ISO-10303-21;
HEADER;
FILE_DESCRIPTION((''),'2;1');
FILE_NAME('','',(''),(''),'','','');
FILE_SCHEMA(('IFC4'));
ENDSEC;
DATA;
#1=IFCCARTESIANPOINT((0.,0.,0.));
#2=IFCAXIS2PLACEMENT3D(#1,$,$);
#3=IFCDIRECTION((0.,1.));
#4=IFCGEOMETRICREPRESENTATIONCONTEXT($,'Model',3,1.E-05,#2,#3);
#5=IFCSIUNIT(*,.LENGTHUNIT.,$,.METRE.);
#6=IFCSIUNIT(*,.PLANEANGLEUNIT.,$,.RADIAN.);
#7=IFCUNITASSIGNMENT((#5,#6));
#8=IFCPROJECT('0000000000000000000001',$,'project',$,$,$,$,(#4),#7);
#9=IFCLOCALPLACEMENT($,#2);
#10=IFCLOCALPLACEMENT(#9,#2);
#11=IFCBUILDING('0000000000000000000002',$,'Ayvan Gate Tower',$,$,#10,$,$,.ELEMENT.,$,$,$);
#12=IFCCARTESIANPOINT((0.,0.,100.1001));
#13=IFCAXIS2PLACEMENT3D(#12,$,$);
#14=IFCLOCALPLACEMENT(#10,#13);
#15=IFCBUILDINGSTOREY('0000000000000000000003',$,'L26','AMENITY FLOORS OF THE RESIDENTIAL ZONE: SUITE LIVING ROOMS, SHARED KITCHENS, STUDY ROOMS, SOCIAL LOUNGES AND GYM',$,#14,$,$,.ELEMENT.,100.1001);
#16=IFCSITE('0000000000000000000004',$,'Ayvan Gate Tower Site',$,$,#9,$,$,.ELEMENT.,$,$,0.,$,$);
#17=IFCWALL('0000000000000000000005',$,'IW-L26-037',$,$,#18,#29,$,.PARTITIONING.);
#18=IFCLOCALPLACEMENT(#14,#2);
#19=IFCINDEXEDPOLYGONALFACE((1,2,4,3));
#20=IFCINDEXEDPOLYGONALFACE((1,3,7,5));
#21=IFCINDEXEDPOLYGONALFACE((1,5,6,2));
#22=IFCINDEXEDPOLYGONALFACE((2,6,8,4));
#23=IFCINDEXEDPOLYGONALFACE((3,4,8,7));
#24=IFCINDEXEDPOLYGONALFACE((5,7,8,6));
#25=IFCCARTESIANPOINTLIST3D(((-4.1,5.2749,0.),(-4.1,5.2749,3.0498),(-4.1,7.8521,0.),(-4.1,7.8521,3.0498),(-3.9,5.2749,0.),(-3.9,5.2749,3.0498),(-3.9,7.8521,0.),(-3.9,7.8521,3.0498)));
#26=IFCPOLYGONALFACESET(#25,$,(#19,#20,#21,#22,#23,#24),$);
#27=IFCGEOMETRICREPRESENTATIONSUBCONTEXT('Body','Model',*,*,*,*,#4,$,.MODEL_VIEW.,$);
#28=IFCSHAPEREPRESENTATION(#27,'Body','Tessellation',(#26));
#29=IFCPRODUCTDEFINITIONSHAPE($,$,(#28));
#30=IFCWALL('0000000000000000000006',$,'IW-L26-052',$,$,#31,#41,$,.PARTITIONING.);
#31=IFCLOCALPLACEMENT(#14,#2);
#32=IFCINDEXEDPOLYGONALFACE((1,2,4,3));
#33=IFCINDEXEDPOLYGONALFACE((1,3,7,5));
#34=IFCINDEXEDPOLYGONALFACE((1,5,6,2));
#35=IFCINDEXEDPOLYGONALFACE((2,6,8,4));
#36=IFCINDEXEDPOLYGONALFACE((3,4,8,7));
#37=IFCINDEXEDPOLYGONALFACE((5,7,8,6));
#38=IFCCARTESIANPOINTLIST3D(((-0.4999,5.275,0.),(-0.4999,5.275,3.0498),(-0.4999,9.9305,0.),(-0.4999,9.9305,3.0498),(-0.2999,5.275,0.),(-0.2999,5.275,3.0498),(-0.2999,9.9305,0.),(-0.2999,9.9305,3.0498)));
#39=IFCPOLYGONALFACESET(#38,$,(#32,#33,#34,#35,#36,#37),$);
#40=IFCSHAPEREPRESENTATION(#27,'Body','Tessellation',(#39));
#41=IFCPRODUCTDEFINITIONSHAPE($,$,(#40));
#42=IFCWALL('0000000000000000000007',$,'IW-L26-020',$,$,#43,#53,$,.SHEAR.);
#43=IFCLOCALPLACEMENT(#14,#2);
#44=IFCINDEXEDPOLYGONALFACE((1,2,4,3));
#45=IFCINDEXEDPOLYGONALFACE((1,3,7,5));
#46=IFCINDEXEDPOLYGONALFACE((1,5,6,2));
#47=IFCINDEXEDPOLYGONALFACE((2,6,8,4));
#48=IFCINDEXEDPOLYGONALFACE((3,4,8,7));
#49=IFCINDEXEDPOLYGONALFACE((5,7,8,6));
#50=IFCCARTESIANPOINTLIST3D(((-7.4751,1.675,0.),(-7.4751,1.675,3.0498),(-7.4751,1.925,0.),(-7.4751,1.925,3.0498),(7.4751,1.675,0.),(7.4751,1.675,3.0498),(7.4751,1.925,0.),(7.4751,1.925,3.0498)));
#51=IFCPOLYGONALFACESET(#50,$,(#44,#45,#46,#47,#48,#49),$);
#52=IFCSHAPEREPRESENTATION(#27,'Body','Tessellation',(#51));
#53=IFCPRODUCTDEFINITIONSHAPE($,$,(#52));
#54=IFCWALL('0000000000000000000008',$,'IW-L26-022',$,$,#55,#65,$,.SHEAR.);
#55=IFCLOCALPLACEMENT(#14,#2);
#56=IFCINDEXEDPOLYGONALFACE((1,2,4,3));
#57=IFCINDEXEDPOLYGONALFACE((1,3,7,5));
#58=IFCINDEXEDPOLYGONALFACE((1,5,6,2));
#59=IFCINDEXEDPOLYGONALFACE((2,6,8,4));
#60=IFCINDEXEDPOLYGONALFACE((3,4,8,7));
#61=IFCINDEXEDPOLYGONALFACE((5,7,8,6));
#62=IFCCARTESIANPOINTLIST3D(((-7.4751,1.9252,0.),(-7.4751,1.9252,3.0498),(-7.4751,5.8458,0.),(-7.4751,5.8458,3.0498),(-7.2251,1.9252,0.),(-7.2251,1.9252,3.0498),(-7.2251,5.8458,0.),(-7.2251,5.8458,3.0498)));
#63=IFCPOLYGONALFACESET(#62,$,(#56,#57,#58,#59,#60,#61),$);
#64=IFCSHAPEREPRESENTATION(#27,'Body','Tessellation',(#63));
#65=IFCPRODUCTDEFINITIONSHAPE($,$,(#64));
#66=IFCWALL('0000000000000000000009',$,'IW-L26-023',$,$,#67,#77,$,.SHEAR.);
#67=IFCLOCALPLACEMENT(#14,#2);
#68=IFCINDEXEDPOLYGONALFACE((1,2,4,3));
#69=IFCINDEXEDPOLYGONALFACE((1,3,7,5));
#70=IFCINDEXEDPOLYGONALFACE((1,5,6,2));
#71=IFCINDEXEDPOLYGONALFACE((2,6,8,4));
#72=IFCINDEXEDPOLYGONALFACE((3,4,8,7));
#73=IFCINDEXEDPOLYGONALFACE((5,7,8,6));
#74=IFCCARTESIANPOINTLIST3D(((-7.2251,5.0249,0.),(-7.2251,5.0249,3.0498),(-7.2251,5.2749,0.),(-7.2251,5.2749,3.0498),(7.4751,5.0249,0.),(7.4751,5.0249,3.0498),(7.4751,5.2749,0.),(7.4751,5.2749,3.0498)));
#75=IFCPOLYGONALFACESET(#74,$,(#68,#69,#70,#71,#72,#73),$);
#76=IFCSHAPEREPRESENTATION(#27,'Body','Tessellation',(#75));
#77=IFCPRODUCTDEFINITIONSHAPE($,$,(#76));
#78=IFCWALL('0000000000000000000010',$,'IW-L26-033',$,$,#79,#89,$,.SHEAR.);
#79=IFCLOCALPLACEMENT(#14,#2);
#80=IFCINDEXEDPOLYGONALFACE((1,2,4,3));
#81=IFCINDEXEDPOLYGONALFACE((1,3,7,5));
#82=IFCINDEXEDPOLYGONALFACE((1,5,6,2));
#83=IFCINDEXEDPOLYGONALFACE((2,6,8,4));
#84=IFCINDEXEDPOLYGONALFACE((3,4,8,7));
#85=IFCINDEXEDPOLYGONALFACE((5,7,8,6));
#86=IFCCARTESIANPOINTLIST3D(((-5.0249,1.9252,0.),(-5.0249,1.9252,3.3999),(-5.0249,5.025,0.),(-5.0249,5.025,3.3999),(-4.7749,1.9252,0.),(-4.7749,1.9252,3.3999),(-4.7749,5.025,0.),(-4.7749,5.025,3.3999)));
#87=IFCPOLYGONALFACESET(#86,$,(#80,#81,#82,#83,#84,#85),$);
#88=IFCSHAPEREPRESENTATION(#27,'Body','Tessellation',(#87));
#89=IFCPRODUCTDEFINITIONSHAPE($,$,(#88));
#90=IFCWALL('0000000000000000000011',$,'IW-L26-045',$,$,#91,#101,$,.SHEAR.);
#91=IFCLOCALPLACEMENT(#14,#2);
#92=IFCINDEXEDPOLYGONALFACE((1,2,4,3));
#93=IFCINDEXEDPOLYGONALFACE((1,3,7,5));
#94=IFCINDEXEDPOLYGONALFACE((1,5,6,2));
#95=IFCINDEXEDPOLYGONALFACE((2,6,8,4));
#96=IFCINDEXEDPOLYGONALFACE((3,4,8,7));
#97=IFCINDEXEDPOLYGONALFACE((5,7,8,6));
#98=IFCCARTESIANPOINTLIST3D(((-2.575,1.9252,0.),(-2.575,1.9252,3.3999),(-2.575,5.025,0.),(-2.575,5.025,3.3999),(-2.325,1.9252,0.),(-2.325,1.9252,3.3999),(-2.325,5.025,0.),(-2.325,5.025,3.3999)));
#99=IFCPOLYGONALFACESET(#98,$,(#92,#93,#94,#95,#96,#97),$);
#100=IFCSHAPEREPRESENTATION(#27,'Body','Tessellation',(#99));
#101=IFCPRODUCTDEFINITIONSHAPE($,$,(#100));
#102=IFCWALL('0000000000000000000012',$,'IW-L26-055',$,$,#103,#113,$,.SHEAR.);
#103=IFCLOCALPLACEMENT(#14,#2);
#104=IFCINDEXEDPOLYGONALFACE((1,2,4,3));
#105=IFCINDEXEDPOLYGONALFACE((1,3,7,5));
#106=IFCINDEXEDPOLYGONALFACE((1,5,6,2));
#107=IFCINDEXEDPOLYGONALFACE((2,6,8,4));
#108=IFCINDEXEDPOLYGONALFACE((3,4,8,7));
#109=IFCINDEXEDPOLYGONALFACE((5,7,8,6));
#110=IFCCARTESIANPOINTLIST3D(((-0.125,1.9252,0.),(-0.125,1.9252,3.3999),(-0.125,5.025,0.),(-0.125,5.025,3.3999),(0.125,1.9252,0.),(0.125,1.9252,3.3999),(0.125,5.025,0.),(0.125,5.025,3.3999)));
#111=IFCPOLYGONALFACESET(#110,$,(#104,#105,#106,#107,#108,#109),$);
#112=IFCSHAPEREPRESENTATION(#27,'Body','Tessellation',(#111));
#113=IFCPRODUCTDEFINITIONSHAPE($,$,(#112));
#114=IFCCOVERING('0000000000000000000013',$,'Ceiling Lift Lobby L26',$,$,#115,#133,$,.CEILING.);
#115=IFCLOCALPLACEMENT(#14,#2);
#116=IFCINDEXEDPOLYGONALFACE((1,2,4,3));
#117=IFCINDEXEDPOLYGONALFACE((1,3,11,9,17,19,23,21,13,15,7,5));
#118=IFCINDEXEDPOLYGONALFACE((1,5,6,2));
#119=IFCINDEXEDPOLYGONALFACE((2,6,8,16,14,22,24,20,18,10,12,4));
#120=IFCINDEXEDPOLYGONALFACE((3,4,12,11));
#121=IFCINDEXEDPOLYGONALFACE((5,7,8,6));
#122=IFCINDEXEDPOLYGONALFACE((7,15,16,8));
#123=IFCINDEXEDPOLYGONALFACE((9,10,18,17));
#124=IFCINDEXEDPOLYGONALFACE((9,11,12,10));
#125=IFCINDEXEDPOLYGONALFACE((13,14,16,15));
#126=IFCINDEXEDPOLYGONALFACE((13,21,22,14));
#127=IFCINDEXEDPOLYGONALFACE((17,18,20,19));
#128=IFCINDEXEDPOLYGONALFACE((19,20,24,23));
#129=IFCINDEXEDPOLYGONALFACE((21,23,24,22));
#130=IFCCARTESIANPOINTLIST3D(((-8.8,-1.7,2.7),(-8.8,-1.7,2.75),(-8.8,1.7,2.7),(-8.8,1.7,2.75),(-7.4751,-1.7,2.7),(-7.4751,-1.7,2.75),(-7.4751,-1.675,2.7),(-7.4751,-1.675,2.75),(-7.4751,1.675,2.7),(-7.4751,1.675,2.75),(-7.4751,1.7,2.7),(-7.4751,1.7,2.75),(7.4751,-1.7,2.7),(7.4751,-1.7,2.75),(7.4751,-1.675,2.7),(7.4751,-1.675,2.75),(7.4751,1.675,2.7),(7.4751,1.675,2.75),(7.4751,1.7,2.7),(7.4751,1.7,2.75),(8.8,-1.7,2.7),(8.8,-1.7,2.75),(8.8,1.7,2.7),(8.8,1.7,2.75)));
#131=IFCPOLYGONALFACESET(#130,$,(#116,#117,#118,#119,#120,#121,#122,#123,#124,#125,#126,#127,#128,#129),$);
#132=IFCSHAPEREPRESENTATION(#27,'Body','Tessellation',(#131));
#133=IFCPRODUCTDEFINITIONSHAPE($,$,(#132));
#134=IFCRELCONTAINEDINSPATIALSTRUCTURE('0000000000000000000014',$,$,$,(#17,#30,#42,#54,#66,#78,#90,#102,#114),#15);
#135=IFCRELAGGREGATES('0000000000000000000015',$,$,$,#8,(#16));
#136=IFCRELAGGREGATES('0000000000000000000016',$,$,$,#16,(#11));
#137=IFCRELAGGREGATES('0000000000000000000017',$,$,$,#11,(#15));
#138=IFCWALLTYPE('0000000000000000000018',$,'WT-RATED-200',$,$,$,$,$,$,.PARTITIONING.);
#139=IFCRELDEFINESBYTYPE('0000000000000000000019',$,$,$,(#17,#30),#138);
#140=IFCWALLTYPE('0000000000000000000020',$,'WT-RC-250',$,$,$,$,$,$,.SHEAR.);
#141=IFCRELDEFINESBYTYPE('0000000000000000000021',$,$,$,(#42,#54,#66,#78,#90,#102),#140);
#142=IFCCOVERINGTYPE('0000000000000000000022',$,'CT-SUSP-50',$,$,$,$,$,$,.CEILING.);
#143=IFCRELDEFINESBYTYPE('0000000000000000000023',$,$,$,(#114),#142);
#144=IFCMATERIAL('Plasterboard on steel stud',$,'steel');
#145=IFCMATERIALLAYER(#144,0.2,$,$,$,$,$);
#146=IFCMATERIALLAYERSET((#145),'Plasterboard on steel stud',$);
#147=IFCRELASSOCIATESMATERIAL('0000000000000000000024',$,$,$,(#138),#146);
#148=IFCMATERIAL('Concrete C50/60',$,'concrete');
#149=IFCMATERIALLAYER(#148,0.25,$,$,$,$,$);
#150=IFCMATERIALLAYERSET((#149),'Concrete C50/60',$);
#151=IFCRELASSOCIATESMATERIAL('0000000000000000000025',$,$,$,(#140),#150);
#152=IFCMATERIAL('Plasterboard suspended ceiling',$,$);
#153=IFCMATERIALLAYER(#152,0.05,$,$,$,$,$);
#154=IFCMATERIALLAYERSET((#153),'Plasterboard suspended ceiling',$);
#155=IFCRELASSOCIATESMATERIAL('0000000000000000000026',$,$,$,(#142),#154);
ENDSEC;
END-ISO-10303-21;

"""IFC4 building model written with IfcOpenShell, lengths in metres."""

from ifc_helpers import new_model, si_unit, direction, frame, frame_2d, origin, place, context, subcontext, project, spatial, polyline, rectangle, outline, extrude, material, layer, layer_set, type_object, element, save


model = new_model("IFC4")

# Units and contexts
model_context = context("Model", 3, precision=1e-05, world=origin(), true_north=direction((0.0, 1.0)))
body_context = subcontext(model_context, "Body", "Model", "MODEL_VIEW")
ifc_project = project(units=[si_unit("LENGTHUNIT", "METRE"), si_unit("PLANEANGLEUNIT", "RADIAN")], contexts=[model_context])

# Site, building, storey
site_placement = place(None, origin())
site = spatial("IfcSite", under=ifc_project, at=site_placement, Name="Ayvan Gate Tower Site", CompositionType="ELEMENT", RefElevation=0.0)
building_placement = place(site_placement, origin())
building = spatial("IfcBuilding", under=site, at=building_placement, Name="Ayvan Gate Tower", CompositionType="ELEMENT")
storey_placement = place(building_placement, frame((0.0, 0.0, 100.1001)))
storey = spatial("IfcBuildingStorey", under=building, at=storey_placement, Name="L26", Description="AMENITY FLOORS OF THE RESIDENTIAL ZONE: SUITE LIVING ROOMS, SHARED KITCHENS, STUDY ROOMS, SOCIAL LOUNGES AND GYM", CompositionType="ELEMENT", Elevation=100.1001)

# Shared definitions
ifc_material_1 = material(Name="Plasterboard on steel stud", Category="steel")

# Walls
ifc_layer_1 = layer(ifc_material_1, 0.2)
ifc_layer_set_1 = layer_set([ifc_layer_1], Name="Plasterboard on steel stud")
wall_type_1 = type_object("IfcWallType", Name="WT-RATED-200", PredefinedType="PARTITIONING", material=ifc_layer_set_1)
wall_1_placement = place(storey_placement, frame((-4.0, 7.8521, 0.0), z_axis=(0.0, 0.0, 1.0), x_axis=(0.0, -1.0, 0.0)))
element("IfcWall", 1, at=wall_1_placement, inside=storey, type_object=wall_type_1, Name="IW-L26-037", PredefinedType="PARTITIONING", context=body_context, shape_type="SweptSolid", body=[
    extrude(rectangle(XDim=2.5771, YDim=0.2, at=frame_2d((1.2886, 0.0))), origin(), (0.0, 0.0, 1.0), 3.0498),
])
wall_2_placement = place(storey_placement, frame((-0.3999, 9.9304, 0.0), z_axis=(0.0, 0.0, 1.0), x_axis=(0.0, -1.0, 0.0)))
element("IfcWall", 2, at=wall_2_placement, inside=storey, type_object=wall_type_1, Name="IW-L26-052", PredefinedType="PARTITIONING", context=body_context, shape_type="SweptSolid", body=[
    extrude(rectangle(XDim=4.6555, YDim=0.2, at=frame_2d((2.3276, 0.0))), origin(), (0.0, 0.0, 1.0), 3.0498),
])
ifc_material_2 = material(Name="Concrete C50/60", Category="concrete")
ifc_layer_2 = layer(ifc_material_2, 0.25)
ifc_layer_set_2 = layer_set([ifc_layer_2], Name="Concrete C50/60")
wall_type_2 = type_object("IfcWallType", Name="WT-RC-250", PredefinedType="SHEAR", material=ifc_layer_set_2)
wall_3_placement = place(storey_placement, frame((-7.4751, 1.8, 0.0), z_axis=(0.0, 0.0, 1.0), x_axis=(1.0, 0.0, 0.0)))
element("IfcWall", 3, at=wall_3_placement, inside=storey, type_object=wall_type_2, Name="IW-L26-020", PredefinedType="SHEAR", context=body_context, shape_type="SweptSolid", body=[
    extrude(rectangle(XDim=14.9502, YDim=0.25, at=frame_2d((7.4751, 0.0))), origin(), (0.0, 0.0, 1.0), 3.0498),
])
wall_4_placement = place(storey_placement, frame((-7.3501, 1.925, 0.0), z_axis=(0.0, 0.0, 1.0), x_axis=(0.0, 1.0, 0.0)))
element("IfcWall", 4, at=wall_4_placement, inside=storey, type_object=wall_type_2, Name="IW-L26-022", PredefinedType="SHEAR", context=body_context, shape_type="SweptSolid", body=[
    extrude(rectangle(XDim=3.9207, YDim=0.25, at=frame_2d((1.9604, 0.0))), origin(), (0.0, 0.0, 1.0), 3.0498),
])
wall_5_placement = place(storey_placement, frame((-7.2251, 5.1499, 0.0), z_axis=(0.0, 0.0, 1.0), x_axis=(1.0, 0.0, 0.0)))
element("IfcWall", 5, at=wall_5_placement, inside=storey, type_object=wall_type_2, Name="IW-L26-023", PredefinedType="SHEAR", context=body_context, shape_type="SweptSolid", body=[
    extrude(rectangle(XDim=14.7002, YDim=0.25, at=frame_2d((7.3501, 0.0))), origin(), (0.0, 0.0, 1.0), 3.0498),
])
for number, where, z_axis, x_axis, name in (
    (6, (-4.8999, 5.0249, 0.0), (0.0, 0.0, 1.0), (0.0, -1.0, 0.0), "IW-L26-033"),
    (7, (-2.45, 5.0249, 0.0), (0.0, 0.0, 1.0), (0.0, -1.0, 0.0), "IW-L26-045"),
    (8, (0.0, 5.0249, 0.0), (0.0, 0.0, 1.0), (0.0, -1.0, 0.0), "IW-L26-055"),
):
    element("IfcWall", number, at=place(storey_placement, frame(where, z_axis=z_axis, x_axis=x_axis)), inside=storey, type_object=wall_type_2, Name=name, PredefinedType="SHEAR", context=body_context, shape_type="SweptSolid", body=[
        extrude(rectangle(XDim=3.0999, YDim=0.25, at=frame_2d((1.5498, 0.0))), origin(), (0.0, 0.0, 1.0), 3.3999),
    ])

# Covering
ifc_material_3 = material(Name="Plasterboard suspended ceiling")
ifc_layer_3 = layer(ifc_material_3, 0.05)
ifc_layer_set_3 = layer_set([ifc_layer_3], Name="Plasterboard suspended ceiling")
covering_type = type_object("IfcCoveringType", Name="CT-SUSP-50", PredefinedType="CEILING", material=ifc_layer_set_3)
covering_1_placement = place(storey_placement, frame((0.0, 0.0, 2.7)))
element("IfcCovering", 9, at=covering_1_placement, inside=storey, type_object=covering_type, Name="Ceiling Lift Lobby L26", PredefinedType="CEILING", context=body_context, shape_type="SweptSolid", body=[
    extrude(outline(polyline([(7.4751, -1.675), (-7.4751, -1.675), (-7.4751, -1.7), (-8.8, -1.7), (-8.8, 1.7), (-7.4751, 1.7), (-7.4751, 1.675), (7.4751, 1.675), (7.4751, 1.7), (8.8, 1.7), (8.8, -1.7), (7.4751, -1.7), (7.4751, -1.675)])), origin(), (0.0, 0.0, 1.0), 0.05),
])

save(model, "model.ifc")
